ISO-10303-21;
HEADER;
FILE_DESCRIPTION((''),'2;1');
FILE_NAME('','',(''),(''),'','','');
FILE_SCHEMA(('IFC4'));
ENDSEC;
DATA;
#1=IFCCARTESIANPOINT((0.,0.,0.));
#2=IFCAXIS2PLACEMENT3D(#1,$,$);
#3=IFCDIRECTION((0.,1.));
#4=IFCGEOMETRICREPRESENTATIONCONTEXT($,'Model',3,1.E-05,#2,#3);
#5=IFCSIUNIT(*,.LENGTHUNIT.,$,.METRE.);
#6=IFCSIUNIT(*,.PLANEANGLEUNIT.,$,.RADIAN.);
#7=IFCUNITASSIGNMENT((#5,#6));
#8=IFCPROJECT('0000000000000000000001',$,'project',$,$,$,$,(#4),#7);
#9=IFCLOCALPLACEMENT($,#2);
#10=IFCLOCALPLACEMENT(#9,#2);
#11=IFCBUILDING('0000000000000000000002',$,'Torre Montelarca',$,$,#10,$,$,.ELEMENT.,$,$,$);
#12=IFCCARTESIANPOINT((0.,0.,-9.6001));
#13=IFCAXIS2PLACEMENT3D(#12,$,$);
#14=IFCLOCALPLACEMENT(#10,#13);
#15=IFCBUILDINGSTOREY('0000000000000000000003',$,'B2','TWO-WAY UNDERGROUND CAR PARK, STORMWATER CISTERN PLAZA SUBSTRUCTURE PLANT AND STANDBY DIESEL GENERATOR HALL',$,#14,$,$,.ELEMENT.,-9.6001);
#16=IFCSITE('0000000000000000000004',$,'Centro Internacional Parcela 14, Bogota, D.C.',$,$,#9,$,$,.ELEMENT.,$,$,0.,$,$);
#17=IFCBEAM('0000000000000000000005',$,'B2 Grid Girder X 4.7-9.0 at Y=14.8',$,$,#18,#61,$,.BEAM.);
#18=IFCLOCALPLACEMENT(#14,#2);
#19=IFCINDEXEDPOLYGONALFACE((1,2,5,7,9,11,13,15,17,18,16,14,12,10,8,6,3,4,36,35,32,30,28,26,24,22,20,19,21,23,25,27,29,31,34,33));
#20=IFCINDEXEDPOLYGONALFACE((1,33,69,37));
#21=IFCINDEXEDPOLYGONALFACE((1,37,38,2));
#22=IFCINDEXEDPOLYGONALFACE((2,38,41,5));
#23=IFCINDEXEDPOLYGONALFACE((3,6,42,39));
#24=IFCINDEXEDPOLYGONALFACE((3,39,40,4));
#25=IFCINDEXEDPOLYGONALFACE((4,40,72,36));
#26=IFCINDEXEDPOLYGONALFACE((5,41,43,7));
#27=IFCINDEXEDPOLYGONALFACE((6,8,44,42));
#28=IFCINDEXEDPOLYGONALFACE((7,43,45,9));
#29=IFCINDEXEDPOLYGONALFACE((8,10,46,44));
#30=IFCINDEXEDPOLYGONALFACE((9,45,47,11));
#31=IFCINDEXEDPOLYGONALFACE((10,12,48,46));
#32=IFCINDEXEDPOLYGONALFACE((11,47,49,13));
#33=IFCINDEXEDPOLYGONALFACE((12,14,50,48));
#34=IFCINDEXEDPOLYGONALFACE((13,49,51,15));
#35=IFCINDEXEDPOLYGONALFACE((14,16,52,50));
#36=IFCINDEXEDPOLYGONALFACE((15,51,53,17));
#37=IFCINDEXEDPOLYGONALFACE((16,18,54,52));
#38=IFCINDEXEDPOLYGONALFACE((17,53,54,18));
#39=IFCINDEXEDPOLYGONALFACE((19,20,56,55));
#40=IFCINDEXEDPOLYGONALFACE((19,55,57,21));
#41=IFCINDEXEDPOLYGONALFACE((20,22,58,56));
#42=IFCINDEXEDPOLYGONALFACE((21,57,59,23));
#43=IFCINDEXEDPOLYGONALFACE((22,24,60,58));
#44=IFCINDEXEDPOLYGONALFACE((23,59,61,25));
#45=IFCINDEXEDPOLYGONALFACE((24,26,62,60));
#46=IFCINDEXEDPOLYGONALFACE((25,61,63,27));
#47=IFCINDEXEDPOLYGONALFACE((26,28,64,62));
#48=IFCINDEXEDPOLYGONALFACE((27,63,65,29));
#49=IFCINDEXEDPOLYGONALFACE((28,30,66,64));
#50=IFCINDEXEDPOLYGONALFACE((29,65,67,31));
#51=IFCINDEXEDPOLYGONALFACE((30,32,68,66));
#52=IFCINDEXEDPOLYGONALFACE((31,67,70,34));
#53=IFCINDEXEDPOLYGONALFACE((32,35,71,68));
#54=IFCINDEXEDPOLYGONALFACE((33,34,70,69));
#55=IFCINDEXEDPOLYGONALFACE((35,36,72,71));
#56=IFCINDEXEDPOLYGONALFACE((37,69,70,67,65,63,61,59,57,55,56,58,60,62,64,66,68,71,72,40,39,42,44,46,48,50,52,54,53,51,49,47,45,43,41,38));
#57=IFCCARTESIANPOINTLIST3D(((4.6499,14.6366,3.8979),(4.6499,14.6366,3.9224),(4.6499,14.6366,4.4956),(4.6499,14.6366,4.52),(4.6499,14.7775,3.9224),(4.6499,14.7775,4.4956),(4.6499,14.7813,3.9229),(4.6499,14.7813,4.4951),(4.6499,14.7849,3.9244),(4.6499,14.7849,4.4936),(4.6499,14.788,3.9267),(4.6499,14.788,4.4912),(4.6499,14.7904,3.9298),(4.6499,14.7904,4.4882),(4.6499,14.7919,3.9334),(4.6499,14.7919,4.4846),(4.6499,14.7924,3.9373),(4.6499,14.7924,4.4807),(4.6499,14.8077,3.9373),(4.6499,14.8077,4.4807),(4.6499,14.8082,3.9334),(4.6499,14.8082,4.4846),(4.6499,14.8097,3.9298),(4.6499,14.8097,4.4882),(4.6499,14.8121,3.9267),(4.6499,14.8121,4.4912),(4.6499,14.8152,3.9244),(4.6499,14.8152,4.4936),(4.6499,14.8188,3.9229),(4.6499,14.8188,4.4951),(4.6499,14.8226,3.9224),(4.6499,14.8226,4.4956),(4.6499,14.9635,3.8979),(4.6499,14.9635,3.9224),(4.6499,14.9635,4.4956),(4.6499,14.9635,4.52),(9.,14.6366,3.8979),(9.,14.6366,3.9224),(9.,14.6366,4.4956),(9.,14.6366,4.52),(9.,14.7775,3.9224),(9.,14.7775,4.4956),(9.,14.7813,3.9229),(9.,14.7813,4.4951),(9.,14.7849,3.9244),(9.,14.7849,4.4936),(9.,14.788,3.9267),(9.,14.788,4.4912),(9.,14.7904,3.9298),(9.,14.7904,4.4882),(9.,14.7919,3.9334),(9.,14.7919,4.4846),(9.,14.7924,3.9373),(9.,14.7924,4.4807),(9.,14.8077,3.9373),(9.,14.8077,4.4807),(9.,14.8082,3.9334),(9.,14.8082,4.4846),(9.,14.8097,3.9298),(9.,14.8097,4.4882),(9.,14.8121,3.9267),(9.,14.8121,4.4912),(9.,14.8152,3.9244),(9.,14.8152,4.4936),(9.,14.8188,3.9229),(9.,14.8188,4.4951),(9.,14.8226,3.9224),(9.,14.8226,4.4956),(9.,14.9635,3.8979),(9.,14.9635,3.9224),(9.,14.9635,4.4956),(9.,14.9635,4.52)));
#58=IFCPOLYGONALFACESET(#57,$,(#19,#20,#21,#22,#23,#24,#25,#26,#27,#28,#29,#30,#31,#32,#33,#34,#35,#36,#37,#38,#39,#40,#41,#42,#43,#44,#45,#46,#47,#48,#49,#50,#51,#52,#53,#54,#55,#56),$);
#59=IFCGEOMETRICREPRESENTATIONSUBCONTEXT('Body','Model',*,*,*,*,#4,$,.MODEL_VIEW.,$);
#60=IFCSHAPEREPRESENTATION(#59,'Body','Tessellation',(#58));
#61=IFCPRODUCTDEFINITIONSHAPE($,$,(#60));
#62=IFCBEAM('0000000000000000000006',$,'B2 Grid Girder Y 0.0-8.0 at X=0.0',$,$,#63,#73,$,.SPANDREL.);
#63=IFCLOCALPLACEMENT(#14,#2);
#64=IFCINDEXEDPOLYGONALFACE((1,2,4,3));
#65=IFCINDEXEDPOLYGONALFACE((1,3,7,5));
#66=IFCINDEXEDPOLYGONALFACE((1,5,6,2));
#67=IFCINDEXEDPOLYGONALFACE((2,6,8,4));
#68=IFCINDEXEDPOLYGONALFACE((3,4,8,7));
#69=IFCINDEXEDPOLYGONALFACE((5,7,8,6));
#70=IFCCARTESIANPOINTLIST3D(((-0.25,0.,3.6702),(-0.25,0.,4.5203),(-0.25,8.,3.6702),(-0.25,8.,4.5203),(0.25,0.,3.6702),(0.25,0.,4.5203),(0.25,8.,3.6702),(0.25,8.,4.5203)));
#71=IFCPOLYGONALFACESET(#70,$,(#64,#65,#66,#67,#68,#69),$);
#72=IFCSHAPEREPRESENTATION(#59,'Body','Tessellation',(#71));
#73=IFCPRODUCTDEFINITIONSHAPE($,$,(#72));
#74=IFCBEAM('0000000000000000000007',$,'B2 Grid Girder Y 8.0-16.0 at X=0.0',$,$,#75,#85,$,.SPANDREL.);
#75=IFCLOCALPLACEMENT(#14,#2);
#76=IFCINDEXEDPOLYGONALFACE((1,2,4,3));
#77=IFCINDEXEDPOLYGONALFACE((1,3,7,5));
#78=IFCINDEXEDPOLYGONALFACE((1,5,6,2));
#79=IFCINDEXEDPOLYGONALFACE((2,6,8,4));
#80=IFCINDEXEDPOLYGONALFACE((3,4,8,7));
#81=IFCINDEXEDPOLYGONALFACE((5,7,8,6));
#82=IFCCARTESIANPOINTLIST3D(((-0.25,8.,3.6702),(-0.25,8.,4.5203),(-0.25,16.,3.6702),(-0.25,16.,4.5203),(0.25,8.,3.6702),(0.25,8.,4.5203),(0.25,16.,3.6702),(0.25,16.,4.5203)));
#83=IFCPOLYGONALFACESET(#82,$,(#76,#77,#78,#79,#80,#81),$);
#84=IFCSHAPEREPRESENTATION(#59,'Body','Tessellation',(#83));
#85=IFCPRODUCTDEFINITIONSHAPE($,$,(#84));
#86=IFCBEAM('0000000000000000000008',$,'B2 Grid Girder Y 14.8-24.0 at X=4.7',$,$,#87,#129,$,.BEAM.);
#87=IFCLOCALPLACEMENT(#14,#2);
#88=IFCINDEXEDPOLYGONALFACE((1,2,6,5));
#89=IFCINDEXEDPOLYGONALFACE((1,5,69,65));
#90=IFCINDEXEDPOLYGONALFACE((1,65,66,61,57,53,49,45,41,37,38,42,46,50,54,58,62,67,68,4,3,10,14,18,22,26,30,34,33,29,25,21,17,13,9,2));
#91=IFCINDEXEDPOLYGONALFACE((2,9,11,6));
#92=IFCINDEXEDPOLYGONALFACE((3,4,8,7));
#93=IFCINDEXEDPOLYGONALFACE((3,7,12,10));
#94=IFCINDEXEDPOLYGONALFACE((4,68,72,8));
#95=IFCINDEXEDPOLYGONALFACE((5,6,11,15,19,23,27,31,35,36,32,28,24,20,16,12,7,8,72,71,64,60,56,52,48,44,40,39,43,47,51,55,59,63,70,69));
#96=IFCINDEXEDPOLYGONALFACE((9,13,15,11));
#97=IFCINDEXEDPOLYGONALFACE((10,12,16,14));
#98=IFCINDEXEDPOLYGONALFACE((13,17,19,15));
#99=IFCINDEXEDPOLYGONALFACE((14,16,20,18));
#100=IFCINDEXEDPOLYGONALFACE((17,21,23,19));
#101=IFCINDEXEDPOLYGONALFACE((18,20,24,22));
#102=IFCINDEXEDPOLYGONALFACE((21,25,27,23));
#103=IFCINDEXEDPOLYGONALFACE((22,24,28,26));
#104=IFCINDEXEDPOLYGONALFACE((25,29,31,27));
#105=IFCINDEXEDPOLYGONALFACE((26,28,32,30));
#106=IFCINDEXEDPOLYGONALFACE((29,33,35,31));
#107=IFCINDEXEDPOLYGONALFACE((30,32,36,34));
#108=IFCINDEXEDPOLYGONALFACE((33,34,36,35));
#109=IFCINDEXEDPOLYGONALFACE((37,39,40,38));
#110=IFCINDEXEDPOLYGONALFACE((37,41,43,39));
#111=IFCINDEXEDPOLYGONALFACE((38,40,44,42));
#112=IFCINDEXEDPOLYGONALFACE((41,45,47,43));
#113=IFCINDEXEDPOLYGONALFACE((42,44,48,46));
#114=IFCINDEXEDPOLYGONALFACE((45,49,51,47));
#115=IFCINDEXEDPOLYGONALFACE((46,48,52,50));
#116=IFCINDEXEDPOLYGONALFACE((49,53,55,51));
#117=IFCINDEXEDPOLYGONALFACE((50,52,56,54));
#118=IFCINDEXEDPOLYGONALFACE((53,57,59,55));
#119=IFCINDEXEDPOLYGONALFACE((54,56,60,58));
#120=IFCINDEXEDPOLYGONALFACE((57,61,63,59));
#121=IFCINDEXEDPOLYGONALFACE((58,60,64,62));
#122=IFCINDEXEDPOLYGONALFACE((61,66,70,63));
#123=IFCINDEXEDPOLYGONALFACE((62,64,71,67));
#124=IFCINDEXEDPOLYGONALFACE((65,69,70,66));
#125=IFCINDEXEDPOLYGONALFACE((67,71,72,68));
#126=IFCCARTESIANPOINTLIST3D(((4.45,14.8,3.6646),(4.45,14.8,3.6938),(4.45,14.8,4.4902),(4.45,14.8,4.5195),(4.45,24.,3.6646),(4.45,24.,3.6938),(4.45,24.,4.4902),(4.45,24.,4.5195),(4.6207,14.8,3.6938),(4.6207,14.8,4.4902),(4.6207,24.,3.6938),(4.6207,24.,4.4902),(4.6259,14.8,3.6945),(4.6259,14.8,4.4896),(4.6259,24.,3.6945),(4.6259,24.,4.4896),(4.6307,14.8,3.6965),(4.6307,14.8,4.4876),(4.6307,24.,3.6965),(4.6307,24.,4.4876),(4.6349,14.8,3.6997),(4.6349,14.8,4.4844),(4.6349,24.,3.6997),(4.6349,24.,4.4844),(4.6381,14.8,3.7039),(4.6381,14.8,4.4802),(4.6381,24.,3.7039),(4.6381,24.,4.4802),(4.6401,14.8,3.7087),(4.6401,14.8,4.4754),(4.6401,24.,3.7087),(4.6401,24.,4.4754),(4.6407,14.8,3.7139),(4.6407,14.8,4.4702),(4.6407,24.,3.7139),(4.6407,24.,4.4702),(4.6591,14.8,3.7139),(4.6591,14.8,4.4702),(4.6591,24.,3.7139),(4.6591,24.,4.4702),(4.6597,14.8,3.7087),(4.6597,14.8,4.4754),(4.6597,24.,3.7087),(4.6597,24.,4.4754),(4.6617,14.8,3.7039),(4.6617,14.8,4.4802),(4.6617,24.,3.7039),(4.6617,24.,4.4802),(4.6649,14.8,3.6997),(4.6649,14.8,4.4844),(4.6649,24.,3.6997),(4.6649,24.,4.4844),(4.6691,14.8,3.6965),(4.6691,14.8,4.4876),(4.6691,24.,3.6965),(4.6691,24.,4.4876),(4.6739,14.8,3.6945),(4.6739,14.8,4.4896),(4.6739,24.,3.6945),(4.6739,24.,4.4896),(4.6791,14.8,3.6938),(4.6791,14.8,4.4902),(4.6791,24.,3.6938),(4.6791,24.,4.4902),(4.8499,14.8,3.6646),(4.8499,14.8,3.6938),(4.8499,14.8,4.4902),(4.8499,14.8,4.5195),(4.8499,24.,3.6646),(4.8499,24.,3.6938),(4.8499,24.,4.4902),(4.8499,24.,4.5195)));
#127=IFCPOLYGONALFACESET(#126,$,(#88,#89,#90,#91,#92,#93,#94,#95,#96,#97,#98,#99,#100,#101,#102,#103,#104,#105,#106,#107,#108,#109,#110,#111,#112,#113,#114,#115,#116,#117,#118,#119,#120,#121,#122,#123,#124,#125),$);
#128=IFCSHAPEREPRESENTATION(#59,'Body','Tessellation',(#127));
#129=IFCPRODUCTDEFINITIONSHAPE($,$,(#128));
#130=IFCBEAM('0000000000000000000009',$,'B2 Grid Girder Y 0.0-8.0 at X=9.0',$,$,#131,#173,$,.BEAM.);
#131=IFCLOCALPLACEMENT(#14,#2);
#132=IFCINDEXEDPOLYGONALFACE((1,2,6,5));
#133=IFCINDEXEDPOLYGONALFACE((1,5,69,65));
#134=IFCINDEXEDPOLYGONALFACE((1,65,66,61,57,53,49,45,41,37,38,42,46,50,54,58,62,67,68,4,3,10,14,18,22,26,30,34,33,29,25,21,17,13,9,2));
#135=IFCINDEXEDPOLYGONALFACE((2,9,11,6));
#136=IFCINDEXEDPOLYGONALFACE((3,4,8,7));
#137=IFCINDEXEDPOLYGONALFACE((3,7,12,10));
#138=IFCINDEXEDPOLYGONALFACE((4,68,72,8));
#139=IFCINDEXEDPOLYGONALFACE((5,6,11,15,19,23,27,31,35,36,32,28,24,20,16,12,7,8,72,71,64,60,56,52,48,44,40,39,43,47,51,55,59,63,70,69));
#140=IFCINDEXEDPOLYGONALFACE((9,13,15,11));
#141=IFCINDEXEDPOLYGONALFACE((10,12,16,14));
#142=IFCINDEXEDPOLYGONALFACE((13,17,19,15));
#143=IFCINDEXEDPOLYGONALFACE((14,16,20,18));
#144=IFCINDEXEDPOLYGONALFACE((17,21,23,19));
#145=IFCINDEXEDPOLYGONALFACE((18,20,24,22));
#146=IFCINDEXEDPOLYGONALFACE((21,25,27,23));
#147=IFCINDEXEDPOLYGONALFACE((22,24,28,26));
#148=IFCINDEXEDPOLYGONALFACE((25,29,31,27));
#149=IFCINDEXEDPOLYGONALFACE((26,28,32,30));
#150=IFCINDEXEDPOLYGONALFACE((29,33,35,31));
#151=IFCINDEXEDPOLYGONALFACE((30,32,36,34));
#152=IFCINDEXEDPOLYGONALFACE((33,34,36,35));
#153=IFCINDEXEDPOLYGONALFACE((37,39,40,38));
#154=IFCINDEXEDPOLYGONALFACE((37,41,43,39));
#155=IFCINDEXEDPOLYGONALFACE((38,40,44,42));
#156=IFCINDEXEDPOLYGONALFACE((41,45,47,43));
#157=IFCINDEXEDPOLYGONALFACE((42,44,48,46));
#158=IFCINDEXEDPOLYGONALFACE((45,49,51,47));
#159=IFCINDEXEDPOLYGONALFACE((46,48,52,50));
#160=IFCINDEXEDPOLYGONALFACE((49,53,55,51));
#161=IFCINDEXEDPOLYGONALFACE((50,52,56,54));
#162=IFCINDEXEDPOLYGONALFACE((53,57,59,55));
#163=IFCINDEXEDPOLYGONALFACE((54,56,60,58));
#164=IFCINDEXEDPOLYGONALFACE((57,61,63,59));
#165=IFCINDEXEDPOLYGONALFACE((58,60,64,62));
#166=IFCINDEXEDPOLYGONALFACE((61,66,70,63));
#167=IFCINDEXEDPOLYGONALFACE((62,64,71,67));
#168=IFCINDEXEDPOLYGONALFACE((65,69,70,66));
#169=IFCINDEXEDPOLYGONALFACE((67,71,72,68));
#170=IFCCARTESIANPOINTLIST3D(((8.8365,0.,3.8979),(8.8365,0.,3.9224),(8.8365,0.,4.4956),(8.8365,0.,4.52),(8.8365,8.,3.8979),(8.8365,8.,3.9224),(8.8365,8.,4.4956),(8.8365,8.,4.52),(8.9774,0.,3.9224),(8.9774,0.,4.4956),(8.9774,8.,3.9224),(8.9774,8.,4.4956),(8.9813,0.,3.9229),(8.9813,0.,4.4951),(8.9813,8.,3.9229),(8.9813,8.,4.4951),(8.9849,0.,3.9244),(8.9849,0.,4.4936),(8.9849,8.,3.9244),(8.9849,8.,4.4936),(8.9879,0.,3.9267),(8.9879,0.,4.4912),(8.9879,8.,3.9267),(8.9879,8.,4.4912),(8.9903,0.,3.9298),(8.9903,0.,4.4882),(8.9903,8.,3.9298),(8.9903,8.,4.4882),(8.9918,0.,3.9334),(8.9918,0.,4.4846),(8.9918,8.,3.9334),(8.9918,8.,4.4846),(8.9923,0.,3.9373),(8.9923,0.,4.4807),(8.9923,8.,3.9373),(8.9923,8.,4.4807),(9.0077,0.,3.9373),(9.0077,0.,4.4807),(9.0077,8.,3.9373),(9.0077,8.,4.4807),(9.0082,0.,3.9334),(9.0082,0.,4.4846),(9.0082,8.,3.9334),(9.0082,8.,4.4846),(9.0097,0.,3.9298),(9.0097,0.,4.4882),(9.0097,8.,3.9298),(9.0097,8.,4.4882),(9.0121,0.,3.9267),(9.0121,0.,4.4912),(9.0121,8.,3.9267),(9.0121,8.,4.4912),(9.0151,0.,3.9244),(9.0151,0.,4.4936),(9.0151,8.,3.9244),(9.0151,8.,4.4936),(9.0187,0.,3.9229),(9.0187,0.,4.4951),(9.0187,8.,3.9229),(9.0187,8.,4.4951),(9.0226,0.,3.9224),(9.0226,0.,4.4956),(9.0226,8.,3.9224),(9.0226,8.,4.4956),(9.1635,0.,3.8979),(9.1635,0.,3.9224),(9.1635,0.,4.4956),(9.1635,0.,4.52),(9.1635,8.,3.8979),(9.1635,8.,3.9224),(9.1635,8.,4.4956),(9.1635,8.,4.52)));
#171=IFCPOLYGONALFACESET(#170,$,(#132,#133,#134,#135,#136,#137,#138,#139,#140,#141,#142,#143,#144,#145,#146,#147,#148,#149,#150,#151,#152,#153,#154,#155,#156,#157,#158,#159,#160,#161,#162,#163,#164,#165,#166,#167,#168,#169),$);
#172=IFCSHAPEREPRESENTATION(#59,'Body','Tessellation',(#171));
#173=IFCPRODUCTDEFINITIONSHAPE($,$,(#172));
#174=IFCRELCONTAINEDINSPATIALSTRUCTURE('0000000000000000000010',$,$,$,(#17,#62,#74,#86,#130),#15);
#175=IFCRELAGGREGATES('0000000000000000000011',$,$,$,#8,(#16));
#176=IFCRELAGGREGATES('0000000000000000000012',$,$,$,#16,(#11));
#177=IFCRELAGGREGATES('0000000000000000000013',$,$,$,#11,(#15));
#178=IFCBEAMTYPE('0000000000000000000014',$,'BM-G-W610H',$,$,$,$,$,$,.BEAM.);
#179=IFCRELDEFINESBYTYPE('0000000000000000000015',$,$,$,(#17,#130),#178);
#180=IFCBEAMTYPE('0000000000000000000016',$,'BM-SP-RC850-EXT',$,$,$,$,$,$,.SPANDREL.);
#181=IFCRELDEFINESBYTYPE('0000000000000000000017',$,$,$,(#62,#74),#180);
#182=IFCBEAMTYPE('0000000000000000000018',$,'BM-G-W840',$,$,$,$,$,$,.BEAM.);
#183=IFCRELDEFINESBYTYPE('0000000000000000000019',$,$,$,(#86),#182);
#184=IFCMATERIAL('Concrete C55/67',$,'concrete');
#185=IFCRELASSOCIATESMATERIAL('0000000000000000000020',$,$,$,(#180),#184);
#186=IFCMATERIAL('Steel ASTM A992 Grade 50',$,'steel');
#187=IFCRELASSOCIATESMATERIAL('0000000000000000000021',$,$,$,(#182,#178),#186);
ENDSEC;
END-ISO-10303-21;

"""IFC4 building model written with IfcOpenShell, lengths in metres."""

from ifc_helpers import new_model, si_unit, direction, frame, origin, origin_2d, place, context, subcontext, project, spatial, rectangle, i_section, extrude, source, transform, mapped, material, material_profile, profile_set, type_object, element, save


model = new_model("IFC4")

# Units and contexts
model_context = context("Model", 3, precision=1e-05, world=origin(), true_north=direction((0.0, 1.0)))
body_context = subcontext(model_context, "Body", "Model", "MODEL_VIEW")
ifc_project = project(units=[si_unit("LENGTHUNIT", "METRE"), si_unit("PLANEANGLEUNIT", "RADIAN")], contexts=[model_context])

# Site, building, storey
site_placement = place(None, origin())
site = spatial("IfcSite", under=ifc_project, at=site_placement, Name="Centro Internacional Parcela 14, Bogota, D.C.", CompositionType="ELEMENT", RefElevation=0.0)
building_placement = place(site_placement, origin())
building = spatial("IfcBuilding", under=site, at=building_placement, Name="Torre Montelarca", CompositionType="ELEMENT")
storey_placement = place(building_placement, frame((0.0, 0.0, -9.6001)))
storey = spatial("IfcBuildingStorey", under=building, at=storey_placement, Name="B2", Description="TWO-WAY UNDERGROUND CAR PARK, STORMWATER CISTERN PLAZA SUBSTRUCTURE PLANT AND STANDBY DIESEL GENERATOR HALL", CompositionType="ELEMENT", Elevation=-9.6001)

# Beams
ifc_material_1 = material(Name="Concrete C55/67", Category="concrete")
ifc_material_profile_1 = material_profile(ifc_material_1, rectangle(XDim=0.5, YDim=0.8501, at=origin_2d()), Name="RCB500X850", Category="concrete")
ifc_profile_set_1 = profile_set([ifc_material_profile_1], Name="Concrete C55/67")
beam_type_1 = type_object("IfcBeamType", Name="BM-SP-RC850-EXT", PredefinedType="SPANDREL", material=ifc_profile_set_1)
ifc_material_2 = material(Name="Steel ASTM A992 Grade 50", Category="steel")
ifc_material_profile_2 = material_profile(ifc_material_2, i_section(OverallWidth=0.3999, OverallDepth=0.855, WebThickness=0.0183, FlangeThickness=0.0293, FilletRadius=0.02, at=origin_2d()), Name="W840X299", Category="steel")
ifc_profile_set_2 = profile_set([ifc_material_profile_2], Name="Steel ASTM A992 Grade 50")
beam_type_2 = type_object("IfcBeamType", Name="BM-G-W840", PredefinedType="BEAM", material=ifc_profile_set_2)
ifc_material_profile_3 = material_profile(ifc_material_2, i_section(OverallWidth=0.3269, OverallDepth=0.6221, WebThickness=0.0154, FlangeThickness=0.0244, FilletRadius=0.0149, at=origin_2d()), Name="W610X195", Category="steel")
ifc_profile_set_3 = profile_set([ifc_material_profile_3], Name="Steel ASTM A992 Grade 50")
beam_type_3 = type_object("IfcBeamType", Name="BM-G-W610H", PredefinedType="BEAM", material=ifc_profile_set_3)
shared_shape_1 = source(origin(), body_context, "Body", "SweptSolid", [
    extrude(i_section(OverallWidth=0.3269, OverallDepth=0.6221, WebThickness=0.0154, FlangeThickness=0.0244, FilletRadius=0.0149, at=origin_2d()), origin(), (0.0, 0.0, 1.0), 4.3501),
])
beam_1_placement = place(storey_placement, frame((4.6499, 14.8, 4.209), z_axis=(1.0, 0.0, 0.0), x_axis=(0.0, 1.0, 0.0)))
element("IfcBeam", 1, at=beam_1_placement, inside=storey, type_object=beam_type_3, Name="B2 Grid Girder X 4.7-9.0 at Y=14.8", PredefinedType="BEAM", context=body_context, shape_type="MappedRepresentation", body=[
    mapped(shared_shape_1, transform((0.0, 0.0, 0.0), scale=1.0)),
])
shared_shape_2 = source(origin(), body_context, "Body", "SweptSolid", [
    extrude(rectangle(XDim=0.5, YDim=0.8501, at=origin_2d()), origin(), (0.0, 0.0, 1.0), 8.0),
])
for number, where, z_axis, x_axis, name in (
    (2, (0.0, 0.0, 4.0952), (0.0, 1.0, 0.0), (-1.0, 0.0, 0.0), "B2 Grid Girder Y 0.0-8.0 at X=0.0"),
    (3, (0.0, 8.0, 4.0952), (0.0, 1.0, 0.0), (-1.0, 0.0, 0.0), "B2 Grid Girder Y 8.0-16.0 at X=0.0"),
):
    element("IfcBeam", number, at=place(storey_placement, frame(where, z_axis=z_axis, x_axis=x_axis)), inside=storey, type_object=beam_type_1, Name=name, PredefinedType="SPANDREL", context=body_context, shape_type="MappedRepresentation", body=[
        mapped(shared_shape_2, transform((0.0, 0.0, 0.0), scale=1.0)),
    ])
shared_shape_3 = source(origin(), body_context, "Body", "SweptSolid", [
    extrude(i_section(OverallWidth=0.3999, OverallDepth=0.855, WebThickness=0.0183, FlangeThickness=0.0293, FilletRadius=0.02, at=origin_2d()), origin(), (0.0, 0.0, 1.0), 9.2),
])
beam_2_placement = place(storey_placement, frame((4.6499, 14.8, 4.092), z_axis=(0.0, 1.0, 0.0), x_axis=(-1.0, 0.0, 0.0)))
element("IfcBeam", 4, at=beam_2_placement, inside=storey, type_object=beam_type_2, Name="B2 Grid Girder Y 14.8-24.0 at X=4.7", PredefinedType="BEAM", context=body_context, shape_type="MappedRepresentation", body=[
    mapped(shared_shape_3, transform((0.0, 0.0, 0.0), scale=1.0)),
])
shared_shape_4 = source(origin(), body_context, "Body", "SweptSolid", [
    extrude(i_section(OverallWidth=0.3269, OverallDepth=0.6221, WebThickness=0.0154, FlangeThickness=0.0244, FilletRadius=0.0149, at=origin_2d()), origin(), (0.0, 0.0, 1.0), 8.0),
])
beam_3_placement = place(storey_placement, frame((9.0, 0.0, 4.209), z_axis=(0.0, 1.0, 0.0), x_axis=(-1.0, 0.0, 0.0)))
element("IfcBeam", 5, at=beam_3_placement, inside=storey, type_object=beam_type_3, Name="B2 Grid Girder Y 0.0-8.0 at X=9.0", PredefinedType="BEAM", context=body_context, shape_type="MappedRepresentation", body=[
    mapped(shared_shape_4, transform((0.0, 0.0, 0.0), scale=1.0)),
])

save(model, "model.ifc")
